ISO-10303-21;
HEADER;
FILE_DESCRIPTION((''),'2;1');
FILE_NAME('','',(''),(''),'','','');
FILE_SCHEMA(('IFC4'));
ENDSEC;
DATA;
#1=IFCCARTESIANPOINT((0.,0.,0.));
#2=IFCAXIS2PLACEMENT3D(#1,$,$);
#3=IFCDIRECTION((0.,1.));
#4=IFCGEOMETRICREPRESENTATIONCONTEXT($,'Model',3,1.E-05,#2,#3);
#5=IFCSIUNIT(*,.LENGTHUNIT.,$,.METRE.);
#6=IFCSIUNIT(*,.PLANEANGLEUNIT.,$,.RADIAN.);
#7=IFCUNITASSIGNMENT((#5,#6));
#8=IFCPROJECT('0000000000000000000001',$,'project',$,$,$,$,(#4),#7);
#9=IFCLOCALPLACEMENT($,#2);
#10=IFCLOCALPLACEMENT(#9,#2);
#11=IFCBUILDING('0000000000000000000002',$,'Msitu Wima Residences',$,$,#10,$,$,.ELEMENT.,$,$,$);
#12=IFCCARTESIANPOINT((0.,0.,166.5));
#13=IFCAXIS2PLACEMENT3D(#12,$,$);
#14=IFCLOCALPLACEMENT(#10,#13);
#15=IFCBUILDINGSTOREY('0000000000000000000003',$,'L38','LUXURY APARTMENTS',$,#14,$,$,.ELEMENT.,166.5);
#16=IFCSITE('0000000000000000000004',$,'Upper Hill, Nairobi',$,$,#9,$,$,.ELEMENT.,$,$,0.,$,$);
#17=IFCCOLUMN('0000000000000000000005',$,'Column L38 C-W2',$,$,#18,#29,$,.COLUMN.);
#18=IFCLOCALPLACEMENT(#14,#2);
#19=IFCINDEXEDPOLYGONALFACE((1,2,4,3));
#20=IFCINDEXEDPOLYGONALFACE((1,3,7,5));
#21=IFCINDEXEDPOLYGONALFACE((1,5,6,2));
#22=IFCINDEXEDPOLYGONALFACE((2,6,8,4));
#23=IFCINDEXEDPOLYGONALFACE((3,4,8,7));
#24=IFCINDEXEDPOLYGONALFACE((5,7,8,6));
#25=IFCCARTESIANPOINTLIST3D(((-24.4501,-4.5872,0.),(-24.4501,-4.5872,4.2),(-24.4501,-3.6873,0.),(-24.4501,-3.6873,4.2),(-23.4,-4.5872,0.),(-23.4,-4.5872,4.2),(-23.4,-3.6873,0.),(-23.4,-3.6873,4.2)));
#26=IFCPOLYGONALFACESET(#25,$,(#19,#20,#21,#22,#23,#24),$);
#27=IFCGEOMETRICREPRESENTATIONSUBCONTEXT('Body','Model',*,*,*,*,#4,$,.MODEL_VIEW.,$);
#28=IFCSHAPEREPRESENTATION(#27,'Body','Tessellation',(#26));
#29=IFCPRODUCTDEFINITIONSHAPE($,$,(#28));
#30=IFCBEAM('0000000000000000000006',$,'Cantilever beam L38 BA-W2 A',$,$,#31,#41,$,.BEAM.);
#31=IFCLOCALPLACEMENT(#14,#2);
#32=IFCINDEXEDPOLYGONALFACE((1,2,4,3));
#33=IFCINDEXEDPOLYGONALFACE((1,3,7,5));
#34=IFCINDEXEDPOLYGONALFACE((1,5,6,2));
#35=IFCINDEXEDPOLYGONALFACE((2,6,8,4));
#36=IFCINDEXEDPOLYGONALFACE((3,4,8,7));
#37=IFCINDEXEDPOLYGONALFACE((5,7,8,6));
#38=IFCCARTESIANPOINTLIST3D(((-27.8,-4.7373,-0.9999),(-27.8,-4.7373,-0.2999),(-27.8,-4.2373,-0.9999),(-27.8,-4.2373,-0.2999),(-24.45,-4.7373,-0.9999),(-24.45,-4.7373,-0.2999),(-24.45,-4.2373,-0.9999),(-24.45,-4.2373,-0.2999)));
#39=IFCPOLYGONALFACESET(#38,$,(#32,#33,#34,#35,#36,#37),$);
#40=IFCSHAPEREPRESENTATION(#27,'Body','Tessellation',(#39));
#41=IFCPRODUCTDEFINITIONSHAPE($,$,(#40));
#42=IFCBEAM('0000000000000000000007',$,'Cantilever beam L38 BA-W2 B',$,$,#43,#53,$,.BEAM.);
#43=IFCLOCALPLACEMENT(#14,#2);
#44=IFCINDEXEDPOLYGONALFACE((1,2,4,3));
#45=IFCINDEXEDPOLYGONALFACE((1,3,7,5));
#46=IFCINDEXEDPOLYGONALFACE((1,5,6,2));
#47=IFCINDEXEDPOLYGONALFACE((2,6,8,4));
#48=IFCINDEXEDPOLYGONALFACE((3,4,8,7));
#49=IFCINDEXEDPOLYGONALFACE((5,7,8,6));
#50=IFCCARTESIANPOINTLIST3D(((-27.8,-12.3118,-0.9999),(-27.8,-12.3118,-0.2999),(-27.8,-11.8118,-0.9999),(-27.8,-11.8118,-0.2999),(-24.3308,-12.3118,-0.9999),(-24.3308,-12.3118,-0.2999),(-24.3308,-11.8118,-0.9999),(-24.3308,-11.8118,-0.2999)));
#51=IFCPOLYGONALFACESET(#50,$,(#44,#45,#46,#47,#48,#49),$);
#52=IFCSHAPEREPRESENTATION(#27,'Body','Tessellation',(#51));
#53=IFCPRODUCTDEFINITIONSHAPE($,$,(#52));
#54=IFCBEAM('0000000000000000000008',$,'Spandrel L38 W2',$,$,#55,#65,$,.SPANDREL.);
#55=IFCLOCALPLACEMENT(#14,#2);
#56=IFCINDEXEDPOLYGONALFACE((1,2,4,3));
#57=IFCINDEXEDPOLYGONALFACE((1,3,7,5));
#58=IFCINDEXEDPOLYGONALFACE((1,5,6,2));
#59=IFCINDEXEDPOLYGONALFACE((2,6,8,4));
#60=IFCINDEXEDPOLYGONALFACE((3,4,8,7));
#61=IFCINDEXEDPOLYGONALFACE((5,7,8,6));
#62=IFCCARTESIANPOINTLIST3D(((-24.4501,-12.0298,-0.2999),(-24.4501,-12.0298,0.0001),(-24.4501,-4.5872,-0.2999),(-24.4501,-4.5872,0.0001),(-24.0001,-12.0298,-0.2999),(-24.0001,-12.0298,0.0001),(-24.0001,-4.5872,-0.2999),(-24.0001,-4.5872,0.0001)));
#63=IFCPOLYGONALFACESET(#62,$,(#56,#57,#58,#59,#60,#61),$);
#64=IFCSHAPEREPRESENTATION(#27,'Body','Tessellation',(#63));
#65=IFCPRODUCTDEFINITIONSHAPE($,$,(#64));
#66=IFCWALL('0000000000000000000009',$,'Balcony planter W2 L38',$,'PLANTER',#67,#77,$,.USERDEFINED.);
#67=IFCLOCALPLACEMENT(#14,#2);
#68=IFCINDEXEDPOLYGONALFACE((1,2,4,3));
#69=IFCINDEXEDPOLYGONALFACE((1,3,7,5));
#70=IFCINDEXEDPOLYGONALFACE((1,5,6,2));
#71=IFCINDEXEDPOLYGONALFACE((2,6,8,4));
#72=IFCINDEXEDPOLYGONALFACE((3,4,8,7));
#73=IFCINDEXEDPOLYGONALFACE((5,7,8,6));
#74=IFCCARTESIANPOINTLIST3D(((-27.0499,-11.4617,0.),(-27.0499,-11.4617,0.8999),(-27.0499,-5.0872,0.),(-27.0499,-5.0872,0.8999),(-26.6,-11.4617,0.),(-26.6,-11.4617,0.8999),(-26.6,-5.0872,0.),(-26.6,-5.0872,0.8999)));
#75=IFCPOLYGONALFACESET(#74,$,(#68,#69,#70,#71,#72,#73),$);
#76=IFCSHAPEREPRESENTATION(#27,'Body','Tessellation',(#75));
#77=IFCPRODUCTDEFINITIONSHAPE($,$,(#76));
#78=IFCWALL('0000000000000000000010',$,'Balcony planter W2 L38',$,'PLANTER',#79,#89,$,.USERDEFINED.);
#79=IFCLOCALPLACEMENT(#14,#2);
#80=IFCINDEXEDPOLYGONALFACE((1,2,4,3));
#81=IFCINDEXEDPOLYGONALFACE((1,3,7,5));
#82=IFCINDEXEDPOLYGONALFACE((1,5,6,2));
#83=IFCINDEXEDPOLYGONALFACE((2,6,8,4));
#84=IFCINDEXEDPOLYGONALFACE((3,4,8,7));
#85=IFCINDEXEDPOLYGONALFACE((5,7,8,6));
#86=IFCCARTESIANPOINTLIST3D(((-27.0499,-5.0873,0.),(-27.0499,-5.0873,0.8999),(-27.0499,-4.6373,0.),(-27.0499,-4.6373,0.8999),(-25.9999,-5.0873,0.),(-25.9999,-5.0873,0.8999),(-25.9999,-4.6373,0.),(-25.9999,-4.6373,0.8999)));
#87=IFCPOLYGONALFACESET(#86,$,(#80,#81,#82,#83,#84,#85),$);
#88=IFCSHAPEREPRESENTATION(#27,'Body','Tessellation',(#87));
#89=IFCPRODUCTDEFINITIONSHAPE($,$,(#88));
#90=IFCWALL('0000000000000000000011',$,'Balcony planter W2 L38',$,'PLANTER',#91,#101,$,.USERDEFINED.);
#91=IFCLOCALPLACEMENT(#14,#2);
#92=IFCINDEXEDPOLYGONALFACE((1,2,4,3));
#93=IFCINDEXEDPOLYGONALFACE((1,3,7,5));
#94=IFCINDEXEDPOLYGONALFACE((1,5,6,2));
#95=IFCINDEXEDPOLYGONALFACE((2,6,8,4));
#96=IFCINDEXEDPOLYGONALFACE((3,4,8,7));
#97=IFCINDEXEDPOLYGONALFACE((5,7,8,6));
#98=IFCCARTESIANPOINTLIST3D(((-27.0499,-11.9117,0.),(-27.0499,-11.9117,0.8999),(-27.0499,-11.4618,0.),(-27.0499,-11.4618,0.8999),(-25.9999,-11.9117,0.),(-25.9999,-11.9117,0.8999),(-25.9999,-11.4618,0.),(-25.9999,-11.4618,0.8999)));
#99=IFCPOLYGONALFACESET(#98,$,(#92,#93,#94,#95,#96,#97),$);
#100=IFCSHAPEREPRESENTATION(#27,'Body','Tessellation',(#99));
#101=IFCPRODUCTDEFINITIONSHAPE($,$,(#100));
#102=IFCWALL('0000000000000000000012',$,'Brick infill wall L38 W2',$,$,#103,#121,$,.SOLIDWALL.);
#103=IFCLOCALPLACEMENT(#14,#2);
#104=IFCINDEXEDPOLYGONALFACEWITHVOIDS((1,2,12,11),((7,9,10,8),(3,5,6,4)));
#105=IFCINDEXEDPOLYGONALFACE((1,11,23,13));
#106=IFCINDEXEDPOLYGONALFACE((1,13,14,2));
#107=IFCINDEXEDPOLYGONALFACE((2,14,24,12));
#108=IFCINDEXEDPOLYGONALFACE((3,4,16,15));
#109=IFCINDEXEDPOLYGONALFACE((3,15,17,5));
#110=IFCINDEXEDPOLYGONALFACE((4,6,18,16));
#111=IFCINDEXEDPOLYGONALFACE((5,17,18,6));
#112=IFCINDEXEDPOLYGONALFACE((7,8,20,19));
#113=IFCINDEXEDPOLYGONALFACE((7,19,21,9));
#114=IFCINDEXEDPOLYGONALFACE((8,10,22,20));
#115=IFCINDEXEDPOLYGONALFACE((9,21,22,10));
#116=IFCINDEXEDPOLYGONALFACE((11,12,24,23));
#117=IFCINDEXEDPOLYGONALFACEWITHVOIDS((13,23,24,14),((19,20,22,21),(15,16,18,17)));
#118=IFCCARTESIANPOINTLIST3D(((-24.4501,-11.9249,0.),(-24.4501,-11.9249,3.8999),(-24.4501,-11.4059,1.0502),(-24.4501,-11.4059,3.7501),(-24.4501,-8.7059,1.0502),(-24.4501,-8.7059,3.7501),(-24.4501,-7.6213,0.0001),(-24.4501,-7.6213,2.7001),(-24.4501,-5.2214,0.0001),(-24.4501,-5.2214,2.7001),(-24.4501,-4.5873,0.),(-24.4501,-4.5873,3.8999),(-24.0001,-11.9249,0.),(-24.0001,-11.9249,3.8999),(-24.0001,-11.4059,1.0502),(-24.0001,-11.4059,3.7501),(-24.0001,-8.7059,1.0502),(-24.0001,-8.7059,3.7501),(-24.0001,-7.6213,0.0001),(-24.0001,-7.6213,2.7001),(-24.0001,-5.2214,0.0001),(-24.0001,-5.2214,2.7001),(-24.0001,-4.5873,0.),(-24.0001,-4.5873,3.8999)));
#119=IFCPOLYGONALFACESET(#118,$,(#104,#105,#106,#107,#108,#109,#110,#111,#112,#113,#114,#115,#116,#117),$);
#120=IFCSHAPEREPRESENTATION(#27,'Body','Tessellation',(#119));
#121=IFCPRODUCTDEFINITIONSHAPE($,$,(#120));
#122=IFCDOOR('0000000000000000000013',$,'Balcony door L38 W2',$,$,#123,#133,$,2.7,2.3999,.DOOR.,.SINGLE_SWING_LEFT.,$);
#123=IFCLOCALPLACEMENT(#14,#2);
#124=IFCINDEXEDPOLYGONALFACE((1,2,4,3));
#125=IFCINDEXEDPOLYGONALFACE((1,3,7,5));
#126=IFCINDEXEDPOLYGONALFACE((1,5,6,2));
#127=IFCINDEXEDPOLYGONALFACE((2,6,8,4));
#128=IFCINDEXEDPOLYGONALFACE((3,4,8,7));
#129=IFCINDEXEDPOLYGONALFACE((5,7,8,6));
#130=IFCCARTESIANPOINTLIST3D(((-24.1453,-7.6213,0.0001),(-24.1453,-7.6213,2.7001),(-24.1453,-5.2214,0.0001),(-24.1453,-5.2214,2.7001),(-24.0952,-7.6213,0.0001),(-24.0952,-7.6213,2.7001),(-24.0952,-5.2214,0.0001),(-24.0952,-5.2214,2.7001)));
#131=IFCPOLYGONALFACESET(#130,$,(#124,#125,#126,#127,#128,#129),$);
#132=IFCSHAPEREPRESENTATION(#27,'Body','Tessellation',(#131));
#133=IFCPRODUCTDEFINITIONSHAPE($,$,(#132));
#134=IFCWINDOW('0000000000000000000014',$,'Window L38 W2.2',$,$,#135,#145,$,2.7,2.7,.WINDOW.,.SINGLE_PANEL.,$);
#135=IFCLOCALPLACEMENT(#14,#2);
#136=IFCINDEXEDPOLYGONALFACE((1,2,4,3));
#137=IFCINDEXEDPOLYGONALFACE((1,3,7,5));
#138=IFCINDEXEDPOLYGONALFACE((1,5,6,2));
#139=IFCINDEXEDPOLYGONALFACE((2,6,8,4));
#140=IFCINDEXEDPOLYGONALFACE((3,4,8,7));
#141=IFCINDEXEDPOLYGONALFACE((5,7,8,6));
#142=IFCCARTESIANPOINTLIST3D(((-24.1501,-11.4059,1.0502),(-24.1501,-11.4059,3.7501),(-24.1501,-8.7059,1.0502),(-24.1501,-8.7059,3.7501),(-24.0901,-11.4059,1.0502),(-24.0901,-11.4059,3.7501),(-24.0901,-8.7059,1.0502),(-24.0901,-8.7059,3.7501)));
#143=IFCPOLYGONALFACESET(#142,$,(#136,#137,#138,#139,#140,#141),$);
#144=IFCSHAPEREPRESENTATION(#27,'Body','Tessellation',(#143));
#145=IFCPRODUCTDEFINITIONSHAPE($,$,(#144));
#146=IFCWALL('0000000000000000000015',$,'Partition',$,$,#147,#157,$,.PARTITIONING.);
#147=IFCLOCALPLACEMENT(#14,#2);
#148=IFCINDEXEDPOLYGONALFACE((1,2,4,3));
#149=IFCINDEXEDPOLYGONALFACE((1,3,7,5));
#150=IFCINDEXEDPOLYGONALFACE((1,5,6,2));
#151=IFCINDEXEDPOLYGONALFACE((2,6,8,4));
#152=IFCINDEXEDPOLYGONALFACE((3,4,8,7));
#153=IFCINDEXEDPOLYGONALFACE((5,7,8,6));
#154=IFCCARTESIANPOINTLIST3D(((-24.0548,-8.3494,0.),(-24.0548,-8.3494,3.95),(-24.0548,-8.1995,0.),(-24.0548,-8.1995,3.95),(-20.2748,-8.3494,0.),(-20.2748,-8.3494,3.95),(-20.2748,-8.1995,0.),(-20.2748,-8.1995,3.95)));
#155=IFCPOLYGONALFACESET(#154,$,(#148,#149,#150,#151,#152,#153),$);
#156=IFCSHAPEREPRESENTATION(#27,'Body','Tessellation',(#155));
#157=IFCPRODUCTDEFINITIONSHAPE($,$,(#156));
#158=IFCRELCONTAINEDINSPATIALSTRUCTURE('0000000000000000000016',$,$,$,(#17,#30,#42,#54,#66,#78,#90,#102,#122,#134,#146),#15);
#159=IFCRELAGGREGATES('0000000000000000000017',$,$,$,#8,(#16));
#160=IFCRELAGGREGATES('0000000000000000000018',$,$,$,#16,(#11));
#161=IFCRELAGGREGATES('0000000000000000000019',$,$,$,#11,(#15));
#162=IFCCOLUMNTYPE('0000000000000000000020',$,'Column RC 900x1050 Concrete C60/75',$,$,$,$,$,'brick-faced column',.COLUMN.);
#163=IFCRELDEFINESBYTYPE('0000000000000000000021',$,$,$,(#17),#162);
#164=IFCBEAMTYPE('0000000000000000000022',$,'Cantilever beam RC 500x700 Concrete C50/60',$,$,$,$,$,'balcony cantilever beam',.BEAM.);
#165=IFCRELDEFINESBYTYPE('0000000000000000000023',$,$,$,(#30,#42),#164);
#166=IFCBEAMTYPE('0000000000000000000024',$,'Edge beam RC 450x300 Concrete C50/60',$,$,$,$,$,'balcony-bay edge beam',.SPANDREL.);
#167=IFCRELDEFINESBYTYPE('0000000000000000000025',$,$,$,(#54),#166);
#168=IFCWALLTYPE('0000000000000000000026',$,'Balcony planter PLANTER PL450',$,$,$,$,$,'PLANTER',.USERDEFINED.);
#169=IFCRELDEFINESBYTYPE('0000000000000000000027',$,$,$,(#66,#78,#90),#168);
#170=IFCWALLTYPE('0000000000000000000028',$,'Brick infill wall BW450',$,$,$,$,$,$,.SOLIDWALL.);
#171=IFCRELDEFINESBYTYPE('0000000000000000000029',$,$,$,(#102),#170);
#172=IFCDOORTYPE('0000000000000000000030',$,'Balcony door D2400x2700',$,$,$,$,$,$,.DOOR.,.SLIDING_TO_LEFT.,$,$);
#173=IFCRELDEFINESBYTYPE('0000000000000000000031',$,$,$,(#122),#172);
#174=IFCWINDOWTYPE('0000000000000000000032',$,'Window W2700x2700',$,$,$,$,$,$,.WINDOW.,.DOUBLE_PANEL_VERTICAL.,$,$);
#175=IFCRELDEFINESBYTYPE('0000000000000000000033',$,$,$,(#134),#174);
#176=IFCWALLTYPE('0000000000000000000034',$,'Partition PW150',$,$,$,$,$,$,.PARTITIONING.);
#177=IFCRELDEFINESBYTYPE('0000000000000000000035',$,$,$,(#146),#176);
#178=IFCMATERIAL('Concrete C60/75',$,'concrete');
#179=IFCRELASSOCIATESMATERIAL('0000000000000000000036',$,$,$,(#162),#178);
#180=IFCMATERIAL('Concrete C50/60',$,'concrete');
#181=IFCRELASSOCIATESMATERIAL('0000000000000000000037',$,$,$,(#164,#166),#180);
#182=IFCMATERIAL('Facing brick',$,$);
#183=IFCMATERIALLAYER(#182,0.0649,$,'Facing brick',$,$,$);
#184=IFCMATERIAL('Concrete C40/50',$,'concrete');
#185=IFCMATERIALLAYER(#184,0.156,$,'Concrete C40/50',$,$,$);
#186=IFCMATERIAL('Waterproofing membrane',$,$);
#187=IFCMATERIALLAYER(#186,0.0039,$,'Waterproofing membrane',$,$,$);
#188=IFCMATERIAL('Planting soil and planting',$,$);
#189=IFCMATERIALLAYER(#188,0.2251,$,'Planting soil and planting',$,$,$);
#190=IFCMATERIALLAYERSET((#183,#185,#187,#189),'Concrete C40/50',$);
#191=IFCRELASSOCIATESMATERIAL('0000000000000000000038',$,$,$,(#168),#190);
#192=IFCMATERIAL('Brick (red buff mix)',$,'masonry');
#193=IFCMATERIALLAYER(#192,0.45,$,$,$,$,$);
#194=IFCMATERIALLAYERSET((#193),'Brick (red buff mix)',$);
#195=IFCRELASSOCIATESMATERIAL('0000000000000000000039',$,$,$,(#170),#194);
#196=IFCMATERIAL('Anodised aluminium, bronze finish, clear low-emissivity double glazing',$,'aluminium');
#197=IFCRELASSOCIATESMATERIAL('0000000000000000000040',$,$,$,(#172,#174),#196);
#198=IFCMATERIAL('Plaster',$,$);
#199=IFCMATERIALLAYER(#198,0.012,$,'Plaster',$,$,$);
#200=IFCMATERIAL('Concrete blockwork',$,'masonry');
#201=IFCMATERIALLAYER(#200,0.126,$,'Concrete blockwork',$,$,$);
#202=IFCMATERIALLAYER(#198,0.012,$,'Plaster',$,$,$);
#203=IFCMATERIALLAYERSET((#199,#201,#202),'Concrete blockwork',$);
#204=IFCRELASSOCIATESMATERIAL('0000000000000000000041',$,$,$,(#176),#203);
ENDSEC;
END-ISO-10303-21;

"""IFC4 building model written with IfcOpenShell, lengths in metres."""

from ifc_helpers import new_model, si_unit, direction, frame, frame_2d, origin, origin_2d, place, context, subcontext, project, spatial, rectangle, extrude, material, layer, layer_set, material_profile, profile_set, type_object, element, fill, save


model = new_model("IFC4")

# Units and contexts
model_context = context("Model", 3, precision=1e-05, world=origin(), true_north=direction((0.0, 1.0)))
body_context = subcontext(model_context, "Body", "Model", "MODEL_VIEW")
ifc_project = project(units=[si_unit("LENGTHUNIT", "METRE"), si_unit("PLANEANGLEUNIT", "RADIAN")], contexts=[model_context])

# Site, building, storey
site_placement = place(None, origin())
site = spatial("IfcSite", under=ifc_project, at=site_placement, Name="Upper Hill, Nairobi", CompositionType="ELEMENT", RefElevation=0.0)
building_placement = place(site_placement, origin())
building = spatial("IfcBuilding", under=site, at=building_placement, Name="Msitu Wima Residences", CompositionType="ELEMENT")
storey_placement = place(building_placement, frame((0.0, 0.0, 166.5)))
storey = spatial("IfcBuildingStorey", under=building, at=storey_placement, Name="L38", Description="LUXURY APARTMENTS", CompositionType="ELEMENT", Elevation=166.5)

# Column
ifc_material_1 = material(Name="Concrete C60/75", Category="concrete")
ifc_material_profile_1 = material_profile(ifc_material_1, rectangle(XDim=0.8999, YDim=1.05, at=origin_2d()), Name="RC 900x1050")
ifc_profile_set_1 = profile_set([ifc_material_profile_1], Name="Concrete C60/75")
column_type = type_object("IfcColumnType", Name="Column RC 900x1050 Concrete C60/75", ElementType="brick-faced column", PredefinedType="COLUMN", material=ifc_profile_set_1)
column_placement = place(storey_placement, frame((-23.925, -4.1372, 0.0), z_axis=(0.0, 0.0, 1.0), x_axis=(0.0, -1.0, 0.0)))
element("IfcColumn", 1, at=column_placement, inside=storey, type_object=column_type, Name="Column L38 C-W2", PredefinedType="COLUMN", context=body_context, shape_type="SweptSolid", body=[
    extrude(rectangle(XDim=0.8999, YDim=1.05, at=origin_2d()), origin(), (0.0, 0.0, 1.0), 4.2),
])

# Beams
ifc_material_2 = material(Name="Concrete C50/60", Category="concrete")
ifc_material_profile_2 = material_profile(ifc_material_2, rectangle(XDim=0.5, YDim=0.7, at=origin_2d()), Name="RC 500x700")
ifc_profile_set_2 = profile_set([ifc_material_profile_2], Name="Concrete C50/60")
beam_type_1 = type_object("IfcBeamType", Name="Cantilever beam RC 500x700 Concrete C50/60", ElementType="balcony cantilever beam", PredefinedType="BEAM", material=ifc_profile_set_2)
beam_1_placement = place(storey_placement, frame((-24.45, -4.4873, -0.6499), z_axis=(-1.0, 0.0, 0.0), x_axis=(0.0, -1.0, 0.0)))
element("IfcBeam", 2, at=beam_1_placement, inside=storey, type_object=beam_type_1, Name="Cantilever beam L38 BA-W2 A", PredefinedType="BEAM", context=body_context, shape_type="SweptSolid", body=[
    extrude(rectangle(XDim=0.5, YDim=0.7, at=origin_2d()), origin(), (0.0, 0.0, 1.0), 3.3501),
])
beam_2_placement = place(storey_placement, frame((-24.3308, -12.0618, -0.6499), z_axis=(-1.0, 0.0, 0.0), x_axis=(0.0, -1.0, 0.0)))
element("IfcBeam", 3, at=beam_2_placement, inside=storey, type_object=beam_type_1, Name="Cantilever beam L38 BA-W2 B", PredefinedType="BEAM", context=body_context, shape_type="SweptSolid", body=[
    extrude(rectangle(XDim=0.5, YDim=0.7, at=origin_2d()), origin(), (0.0, 0.0, 1.0), 3.4692),
])
ifc_material_profile_3 = material_profile(ifc_material_2, rectangle(XDim=0.45, YDim=0.3, at=origin_2d()), Name="RC 450x300")
ifc_profile_set_3 = profile_set([ifc_material_profile_3], Name="Concrete C50/60")
beam_type_2 = type_object("IfcBeamType", Name="Edge beam RC 450x300 Concrete C50/60", ElementType="balcony-bay edge beam", PredefinedType="SPANDREL", material=ifc_profile_set_3)
beam_3_placement = place(storey_placement, frame((-24.2251, -4.5872, -0.1499), z_axis=(0.0, -1.0, 0.0), x_axis=(1.0, 0.0, 0.0)))
element("IfcBeam", 4, at=beam_3_placement, inside=storey, type_object=beam_type_2, Name="Spandrel L38 W2", PredefinedType="SPANDREL", context=body_context, shape_type="SweptSolid", body=[
    extrude(rectangle(XDim=0.45, YDim=0.3, at=origin_2d()), origin(), (0.0, 0.0, 1.0), 7.4426),
])

# Walls
ifc_material_3 = material(Name="Facing brick")
ifc_layer_1 = layer(ifc_material_3, 0.0649, Name="Facing brick")
ifc_material_4 = material(Name="Concrete C40/50", Category="concrete")
ifc_layer_2 = layer(ifc_material_4, 0.156, Name="Concrete C40/50")
ifc_material_5 = material(Name="Waterproofing membrane")
ifc_layer_3 = layer(ifc_material_5, 0.0039, Name="Waterproofing membrane")
ifc_material_6 = material(Name="Planting soil and planting")
ifc_layer_4 = layer(ifc_material_6, 0.2251, Name="Planting soil and planting")
ifc_layer_set_1 = layer_set([ifc_layer_1, ifc_layer_2, ifc_layer_3, ifc_layer_4], Name="Concrete C40/50")
wall_type_1 = type_object("IfcWallType", Name="Balcony planter PLANTER PL450", ElementType="PLANTER", PredefinedType="USERDEFINED", material=ifc_layer_set_1)
wall_1_placement = place(storey_placement, frame((-26.825, -5.0872, 0.0), z_axis=(0.0, 0.0, 1.0), x_axis=(0.0, -1.0, 0.0)))
element("IfcWall", 5, at=wall_1_placement, inside=storey, type_object=wall_type_1, Name="Balcony planter W2 L38", ObjectType="PLANTER", PredefinedType="USERDEFINED", context=body_context, shape_type="SweptSolid", body=[
    extrude(rectangle(XDim=6.3745, YDim=0.45, at=frame_2d((3.1873, 0.0))), origin(), (0.0, 0.0, 1.0), 0.8999),
])
for number, where, z_axis, x_axis, name in (
    (6, (-26.0, -4.8623, 0.0), (0.0, 0.0, 1.0), (-1.0, 0.0, 0.0), "Balcony planter W2 L38"),
    (7, (-26.0, -11.6868, 0.0), (0.0, 0.0, 1.0), (-1.0, 0.0, 0.0), "Balcony planter W2 L38"),
):
    element("IfcWall", number, at=place(storey_placement, frame(where, z_axis=z_axis, x_axis=x_axis)), inside=storey, type_object=wall_type_1, Name=name, ObjectType="PLANTER", PredefinedType="USERDEFINED", context=body_context, shape_type="SweptSolid", body=[
        extrude(rectangle(XDim=1.05, YDim=0.45, at=frame_2d((0.5249, 0.0))), origin(), (0.0, 0.0, 1.0), 0.8999),
    ])

# Wall, openings, door, window
ifc_material_7 = material(Name="Brick (red buff mix)", Category="masonry")
ifc_layer_5 = layer(ifc_material_7, 0.45)
ifc_layer_set_2 = layer_set([ifc_layer_5], Name="Brick (red buff mix)")
wall_type_2 = type_object("IfcWallType", Name="Brick infill wall BW450", PredefinedType="SOLIDWALL", material=ifc_layer_set_2)
wall_2_placement = place(storey_placement, frame((-24.2251, -4.5872, 0.0), z_axis=(0.0, 0.0, 1.0), x_axis=(0.0, -1.0, 0.0)))
wall_2 = element("IfcWall", 8, at=wall_2_placement, inside=storey, type_object=wall_type_2, Name="Brick infill wall L38 W2", PredefinedType="SOLIDWALL", context=body_context, shape_type="SweptSolid", body=[
    extrude(rectangle(XDim=7.3376, YDim=0.45, at=frame_2d((3.6689, 0.0))), origin(), (0.0, 0.0, 1.0), 3.8999),
])
opening_1_placement = place(wall_2_placement, frame((0.6343, 0.0, 0.0)))
opening_1 = element("IfcOpeningElement", 9, at=opening_1_placement, cuts=wall_2, PredefinedType="OPENING", context=body_context, shape_type="SweptSolid", body=[
    extrude(rectangle(XDim=2.3999, YDim=2.7, at=frame_2d((1.2, 1.3501))), frame((0.0, 0.2349, 0.0), z_axis=(0.0, -1.0, 0.0), x_axis=(1.0, 0.0, 0.0)), (0.0, 0.0, 1.0), 0.47),
])
opening_2_placement = place(wall_2_placement, frame((4.1187, 0.0, 1.05)))
opening_2 = element("IfcOpeningElement", 10, at=opening_2_placement, cuts=wall_2, PredefinedType="OPENING", context=body_context, shape_type="SweptSolid", body=[
    extrude(rectangle(XDim=2.7, YDim=2.7, at=frame_2d((1.3501, 1.3501))), frame((0.0, 0.2349, 0.0), z_axis=(0.0, -1.0, 0.0), x_axis=(1.0, 0.0, 0.0)), (0.0, 0.0, 1.0), 0.47),
])
ifc_material_8 = material(Name="Anodised aluminium, bronze finish, clear low-emissivity double glazing", Category="aluminium")
door_type = type_object("IfcDoorType", Name="Balcony door D2400x2700", OperationType="SLIDING_TO_LEFT", PredefinedType="DOOR", material=ifc_material_8)
door_placement = place(opening_1_placement, origin())
door = element("IfcDoor", 11, at=door_placement, inside=storey, type_object=door_type, Name="Balcony door L38 W2", OperationType="SINGLE_SWING_LEFT", OverallHeight=2.7, OverallWidth=2.3999, PredefinedType="DOOR", context=body_context, shape_type="SweptSolid", body=[
    extrude(rectangle(XDim=2.3999, YDim=2.7, at=frame_2d((1.2, 1.3501))), frame((0.0, 0.1299, 0.0), z_axis=(0.0, -1.0, 0.0), x_axis=(1.0, 0.0, 0.0)), (0.0, 0.0, 1.0), 0.05),
])
fill(opening_1, door)
window_type = type_object("IfcWindowType", Name="Window W2700x2700", PartitioningType="DOUBLE_PANEL_VERTICAL", PredefinedType="WINDOW", material=ifc_material_8)
window_placement = place(opening_2_placement, origin())
window = element("IfcWindow", 12, at=window_placement, inside=storey, type_object=window_type, Name="Window L38 W2.2", OverallHeight=2.7, OverallWidth=2.7, PartitioningType="SINGLE_PANEL", PredefinedType="WINDOW", context=body_context, shape_type="SweptSolid", body=[
    extrude(rectangle(XDim=2.7, YDim=2.7, at=frame_2d((1.3501, 1.3501))), frame((0.0, 0.135, 0.0), z_axis=(0.0, -1.0, 0.0), x_axis=(1.0, 0.0, 0.0)), (0.0, 0.0, 1.0), 0.0601),
])
fill(opening_2, window)

# Wall
ifc_material_9 = material(Name="Plaster")
ifc_layer_6 = layer(ifc_material_9, 0.012, Name="Plaster")
ifc_material_10 = material(Name="Concrete blockwork", Category="masonry")
ifc_layer_7 = layer(ifc_material_10, 0.126, Name="Concrete blockwork")
ifc_layer_8 = layer(ifc_material_9, 0.012, Name="Plaster")
ifc_layer_set_3 = layer_set([ifc_layer_6, ifc_layer_7, ifc_layer_8], Name="Concrete blockwork")
wall_type_3 = type_object("IfcWallType", Name="Partition PW150", PredefinedType="PARTITIONING", material=ifc_layer_set_3)
wall_3_placement = place(storey_placement, frame((-24.0549, -8.2744, 0.0), z_axis=(0.0, 0.0, 1.0), x_axis=(1.0, 0.0, 0.0)))
element("IfcWall", 13, at=wall_3_placement, inside=storey, type_object=wall_type_3, Name="Partition", PredefinedType="PARTITIONING", context=body_context, shape_type="SweptSolid", body=[
    extrude(rectangle(XDim=3.78, YDim=0.1499, at=frame_2d((1.8901, 0.0))), origin(), (0.0, 0.0, 1.0), 3.95),
])

save(model, "model.ifc")
